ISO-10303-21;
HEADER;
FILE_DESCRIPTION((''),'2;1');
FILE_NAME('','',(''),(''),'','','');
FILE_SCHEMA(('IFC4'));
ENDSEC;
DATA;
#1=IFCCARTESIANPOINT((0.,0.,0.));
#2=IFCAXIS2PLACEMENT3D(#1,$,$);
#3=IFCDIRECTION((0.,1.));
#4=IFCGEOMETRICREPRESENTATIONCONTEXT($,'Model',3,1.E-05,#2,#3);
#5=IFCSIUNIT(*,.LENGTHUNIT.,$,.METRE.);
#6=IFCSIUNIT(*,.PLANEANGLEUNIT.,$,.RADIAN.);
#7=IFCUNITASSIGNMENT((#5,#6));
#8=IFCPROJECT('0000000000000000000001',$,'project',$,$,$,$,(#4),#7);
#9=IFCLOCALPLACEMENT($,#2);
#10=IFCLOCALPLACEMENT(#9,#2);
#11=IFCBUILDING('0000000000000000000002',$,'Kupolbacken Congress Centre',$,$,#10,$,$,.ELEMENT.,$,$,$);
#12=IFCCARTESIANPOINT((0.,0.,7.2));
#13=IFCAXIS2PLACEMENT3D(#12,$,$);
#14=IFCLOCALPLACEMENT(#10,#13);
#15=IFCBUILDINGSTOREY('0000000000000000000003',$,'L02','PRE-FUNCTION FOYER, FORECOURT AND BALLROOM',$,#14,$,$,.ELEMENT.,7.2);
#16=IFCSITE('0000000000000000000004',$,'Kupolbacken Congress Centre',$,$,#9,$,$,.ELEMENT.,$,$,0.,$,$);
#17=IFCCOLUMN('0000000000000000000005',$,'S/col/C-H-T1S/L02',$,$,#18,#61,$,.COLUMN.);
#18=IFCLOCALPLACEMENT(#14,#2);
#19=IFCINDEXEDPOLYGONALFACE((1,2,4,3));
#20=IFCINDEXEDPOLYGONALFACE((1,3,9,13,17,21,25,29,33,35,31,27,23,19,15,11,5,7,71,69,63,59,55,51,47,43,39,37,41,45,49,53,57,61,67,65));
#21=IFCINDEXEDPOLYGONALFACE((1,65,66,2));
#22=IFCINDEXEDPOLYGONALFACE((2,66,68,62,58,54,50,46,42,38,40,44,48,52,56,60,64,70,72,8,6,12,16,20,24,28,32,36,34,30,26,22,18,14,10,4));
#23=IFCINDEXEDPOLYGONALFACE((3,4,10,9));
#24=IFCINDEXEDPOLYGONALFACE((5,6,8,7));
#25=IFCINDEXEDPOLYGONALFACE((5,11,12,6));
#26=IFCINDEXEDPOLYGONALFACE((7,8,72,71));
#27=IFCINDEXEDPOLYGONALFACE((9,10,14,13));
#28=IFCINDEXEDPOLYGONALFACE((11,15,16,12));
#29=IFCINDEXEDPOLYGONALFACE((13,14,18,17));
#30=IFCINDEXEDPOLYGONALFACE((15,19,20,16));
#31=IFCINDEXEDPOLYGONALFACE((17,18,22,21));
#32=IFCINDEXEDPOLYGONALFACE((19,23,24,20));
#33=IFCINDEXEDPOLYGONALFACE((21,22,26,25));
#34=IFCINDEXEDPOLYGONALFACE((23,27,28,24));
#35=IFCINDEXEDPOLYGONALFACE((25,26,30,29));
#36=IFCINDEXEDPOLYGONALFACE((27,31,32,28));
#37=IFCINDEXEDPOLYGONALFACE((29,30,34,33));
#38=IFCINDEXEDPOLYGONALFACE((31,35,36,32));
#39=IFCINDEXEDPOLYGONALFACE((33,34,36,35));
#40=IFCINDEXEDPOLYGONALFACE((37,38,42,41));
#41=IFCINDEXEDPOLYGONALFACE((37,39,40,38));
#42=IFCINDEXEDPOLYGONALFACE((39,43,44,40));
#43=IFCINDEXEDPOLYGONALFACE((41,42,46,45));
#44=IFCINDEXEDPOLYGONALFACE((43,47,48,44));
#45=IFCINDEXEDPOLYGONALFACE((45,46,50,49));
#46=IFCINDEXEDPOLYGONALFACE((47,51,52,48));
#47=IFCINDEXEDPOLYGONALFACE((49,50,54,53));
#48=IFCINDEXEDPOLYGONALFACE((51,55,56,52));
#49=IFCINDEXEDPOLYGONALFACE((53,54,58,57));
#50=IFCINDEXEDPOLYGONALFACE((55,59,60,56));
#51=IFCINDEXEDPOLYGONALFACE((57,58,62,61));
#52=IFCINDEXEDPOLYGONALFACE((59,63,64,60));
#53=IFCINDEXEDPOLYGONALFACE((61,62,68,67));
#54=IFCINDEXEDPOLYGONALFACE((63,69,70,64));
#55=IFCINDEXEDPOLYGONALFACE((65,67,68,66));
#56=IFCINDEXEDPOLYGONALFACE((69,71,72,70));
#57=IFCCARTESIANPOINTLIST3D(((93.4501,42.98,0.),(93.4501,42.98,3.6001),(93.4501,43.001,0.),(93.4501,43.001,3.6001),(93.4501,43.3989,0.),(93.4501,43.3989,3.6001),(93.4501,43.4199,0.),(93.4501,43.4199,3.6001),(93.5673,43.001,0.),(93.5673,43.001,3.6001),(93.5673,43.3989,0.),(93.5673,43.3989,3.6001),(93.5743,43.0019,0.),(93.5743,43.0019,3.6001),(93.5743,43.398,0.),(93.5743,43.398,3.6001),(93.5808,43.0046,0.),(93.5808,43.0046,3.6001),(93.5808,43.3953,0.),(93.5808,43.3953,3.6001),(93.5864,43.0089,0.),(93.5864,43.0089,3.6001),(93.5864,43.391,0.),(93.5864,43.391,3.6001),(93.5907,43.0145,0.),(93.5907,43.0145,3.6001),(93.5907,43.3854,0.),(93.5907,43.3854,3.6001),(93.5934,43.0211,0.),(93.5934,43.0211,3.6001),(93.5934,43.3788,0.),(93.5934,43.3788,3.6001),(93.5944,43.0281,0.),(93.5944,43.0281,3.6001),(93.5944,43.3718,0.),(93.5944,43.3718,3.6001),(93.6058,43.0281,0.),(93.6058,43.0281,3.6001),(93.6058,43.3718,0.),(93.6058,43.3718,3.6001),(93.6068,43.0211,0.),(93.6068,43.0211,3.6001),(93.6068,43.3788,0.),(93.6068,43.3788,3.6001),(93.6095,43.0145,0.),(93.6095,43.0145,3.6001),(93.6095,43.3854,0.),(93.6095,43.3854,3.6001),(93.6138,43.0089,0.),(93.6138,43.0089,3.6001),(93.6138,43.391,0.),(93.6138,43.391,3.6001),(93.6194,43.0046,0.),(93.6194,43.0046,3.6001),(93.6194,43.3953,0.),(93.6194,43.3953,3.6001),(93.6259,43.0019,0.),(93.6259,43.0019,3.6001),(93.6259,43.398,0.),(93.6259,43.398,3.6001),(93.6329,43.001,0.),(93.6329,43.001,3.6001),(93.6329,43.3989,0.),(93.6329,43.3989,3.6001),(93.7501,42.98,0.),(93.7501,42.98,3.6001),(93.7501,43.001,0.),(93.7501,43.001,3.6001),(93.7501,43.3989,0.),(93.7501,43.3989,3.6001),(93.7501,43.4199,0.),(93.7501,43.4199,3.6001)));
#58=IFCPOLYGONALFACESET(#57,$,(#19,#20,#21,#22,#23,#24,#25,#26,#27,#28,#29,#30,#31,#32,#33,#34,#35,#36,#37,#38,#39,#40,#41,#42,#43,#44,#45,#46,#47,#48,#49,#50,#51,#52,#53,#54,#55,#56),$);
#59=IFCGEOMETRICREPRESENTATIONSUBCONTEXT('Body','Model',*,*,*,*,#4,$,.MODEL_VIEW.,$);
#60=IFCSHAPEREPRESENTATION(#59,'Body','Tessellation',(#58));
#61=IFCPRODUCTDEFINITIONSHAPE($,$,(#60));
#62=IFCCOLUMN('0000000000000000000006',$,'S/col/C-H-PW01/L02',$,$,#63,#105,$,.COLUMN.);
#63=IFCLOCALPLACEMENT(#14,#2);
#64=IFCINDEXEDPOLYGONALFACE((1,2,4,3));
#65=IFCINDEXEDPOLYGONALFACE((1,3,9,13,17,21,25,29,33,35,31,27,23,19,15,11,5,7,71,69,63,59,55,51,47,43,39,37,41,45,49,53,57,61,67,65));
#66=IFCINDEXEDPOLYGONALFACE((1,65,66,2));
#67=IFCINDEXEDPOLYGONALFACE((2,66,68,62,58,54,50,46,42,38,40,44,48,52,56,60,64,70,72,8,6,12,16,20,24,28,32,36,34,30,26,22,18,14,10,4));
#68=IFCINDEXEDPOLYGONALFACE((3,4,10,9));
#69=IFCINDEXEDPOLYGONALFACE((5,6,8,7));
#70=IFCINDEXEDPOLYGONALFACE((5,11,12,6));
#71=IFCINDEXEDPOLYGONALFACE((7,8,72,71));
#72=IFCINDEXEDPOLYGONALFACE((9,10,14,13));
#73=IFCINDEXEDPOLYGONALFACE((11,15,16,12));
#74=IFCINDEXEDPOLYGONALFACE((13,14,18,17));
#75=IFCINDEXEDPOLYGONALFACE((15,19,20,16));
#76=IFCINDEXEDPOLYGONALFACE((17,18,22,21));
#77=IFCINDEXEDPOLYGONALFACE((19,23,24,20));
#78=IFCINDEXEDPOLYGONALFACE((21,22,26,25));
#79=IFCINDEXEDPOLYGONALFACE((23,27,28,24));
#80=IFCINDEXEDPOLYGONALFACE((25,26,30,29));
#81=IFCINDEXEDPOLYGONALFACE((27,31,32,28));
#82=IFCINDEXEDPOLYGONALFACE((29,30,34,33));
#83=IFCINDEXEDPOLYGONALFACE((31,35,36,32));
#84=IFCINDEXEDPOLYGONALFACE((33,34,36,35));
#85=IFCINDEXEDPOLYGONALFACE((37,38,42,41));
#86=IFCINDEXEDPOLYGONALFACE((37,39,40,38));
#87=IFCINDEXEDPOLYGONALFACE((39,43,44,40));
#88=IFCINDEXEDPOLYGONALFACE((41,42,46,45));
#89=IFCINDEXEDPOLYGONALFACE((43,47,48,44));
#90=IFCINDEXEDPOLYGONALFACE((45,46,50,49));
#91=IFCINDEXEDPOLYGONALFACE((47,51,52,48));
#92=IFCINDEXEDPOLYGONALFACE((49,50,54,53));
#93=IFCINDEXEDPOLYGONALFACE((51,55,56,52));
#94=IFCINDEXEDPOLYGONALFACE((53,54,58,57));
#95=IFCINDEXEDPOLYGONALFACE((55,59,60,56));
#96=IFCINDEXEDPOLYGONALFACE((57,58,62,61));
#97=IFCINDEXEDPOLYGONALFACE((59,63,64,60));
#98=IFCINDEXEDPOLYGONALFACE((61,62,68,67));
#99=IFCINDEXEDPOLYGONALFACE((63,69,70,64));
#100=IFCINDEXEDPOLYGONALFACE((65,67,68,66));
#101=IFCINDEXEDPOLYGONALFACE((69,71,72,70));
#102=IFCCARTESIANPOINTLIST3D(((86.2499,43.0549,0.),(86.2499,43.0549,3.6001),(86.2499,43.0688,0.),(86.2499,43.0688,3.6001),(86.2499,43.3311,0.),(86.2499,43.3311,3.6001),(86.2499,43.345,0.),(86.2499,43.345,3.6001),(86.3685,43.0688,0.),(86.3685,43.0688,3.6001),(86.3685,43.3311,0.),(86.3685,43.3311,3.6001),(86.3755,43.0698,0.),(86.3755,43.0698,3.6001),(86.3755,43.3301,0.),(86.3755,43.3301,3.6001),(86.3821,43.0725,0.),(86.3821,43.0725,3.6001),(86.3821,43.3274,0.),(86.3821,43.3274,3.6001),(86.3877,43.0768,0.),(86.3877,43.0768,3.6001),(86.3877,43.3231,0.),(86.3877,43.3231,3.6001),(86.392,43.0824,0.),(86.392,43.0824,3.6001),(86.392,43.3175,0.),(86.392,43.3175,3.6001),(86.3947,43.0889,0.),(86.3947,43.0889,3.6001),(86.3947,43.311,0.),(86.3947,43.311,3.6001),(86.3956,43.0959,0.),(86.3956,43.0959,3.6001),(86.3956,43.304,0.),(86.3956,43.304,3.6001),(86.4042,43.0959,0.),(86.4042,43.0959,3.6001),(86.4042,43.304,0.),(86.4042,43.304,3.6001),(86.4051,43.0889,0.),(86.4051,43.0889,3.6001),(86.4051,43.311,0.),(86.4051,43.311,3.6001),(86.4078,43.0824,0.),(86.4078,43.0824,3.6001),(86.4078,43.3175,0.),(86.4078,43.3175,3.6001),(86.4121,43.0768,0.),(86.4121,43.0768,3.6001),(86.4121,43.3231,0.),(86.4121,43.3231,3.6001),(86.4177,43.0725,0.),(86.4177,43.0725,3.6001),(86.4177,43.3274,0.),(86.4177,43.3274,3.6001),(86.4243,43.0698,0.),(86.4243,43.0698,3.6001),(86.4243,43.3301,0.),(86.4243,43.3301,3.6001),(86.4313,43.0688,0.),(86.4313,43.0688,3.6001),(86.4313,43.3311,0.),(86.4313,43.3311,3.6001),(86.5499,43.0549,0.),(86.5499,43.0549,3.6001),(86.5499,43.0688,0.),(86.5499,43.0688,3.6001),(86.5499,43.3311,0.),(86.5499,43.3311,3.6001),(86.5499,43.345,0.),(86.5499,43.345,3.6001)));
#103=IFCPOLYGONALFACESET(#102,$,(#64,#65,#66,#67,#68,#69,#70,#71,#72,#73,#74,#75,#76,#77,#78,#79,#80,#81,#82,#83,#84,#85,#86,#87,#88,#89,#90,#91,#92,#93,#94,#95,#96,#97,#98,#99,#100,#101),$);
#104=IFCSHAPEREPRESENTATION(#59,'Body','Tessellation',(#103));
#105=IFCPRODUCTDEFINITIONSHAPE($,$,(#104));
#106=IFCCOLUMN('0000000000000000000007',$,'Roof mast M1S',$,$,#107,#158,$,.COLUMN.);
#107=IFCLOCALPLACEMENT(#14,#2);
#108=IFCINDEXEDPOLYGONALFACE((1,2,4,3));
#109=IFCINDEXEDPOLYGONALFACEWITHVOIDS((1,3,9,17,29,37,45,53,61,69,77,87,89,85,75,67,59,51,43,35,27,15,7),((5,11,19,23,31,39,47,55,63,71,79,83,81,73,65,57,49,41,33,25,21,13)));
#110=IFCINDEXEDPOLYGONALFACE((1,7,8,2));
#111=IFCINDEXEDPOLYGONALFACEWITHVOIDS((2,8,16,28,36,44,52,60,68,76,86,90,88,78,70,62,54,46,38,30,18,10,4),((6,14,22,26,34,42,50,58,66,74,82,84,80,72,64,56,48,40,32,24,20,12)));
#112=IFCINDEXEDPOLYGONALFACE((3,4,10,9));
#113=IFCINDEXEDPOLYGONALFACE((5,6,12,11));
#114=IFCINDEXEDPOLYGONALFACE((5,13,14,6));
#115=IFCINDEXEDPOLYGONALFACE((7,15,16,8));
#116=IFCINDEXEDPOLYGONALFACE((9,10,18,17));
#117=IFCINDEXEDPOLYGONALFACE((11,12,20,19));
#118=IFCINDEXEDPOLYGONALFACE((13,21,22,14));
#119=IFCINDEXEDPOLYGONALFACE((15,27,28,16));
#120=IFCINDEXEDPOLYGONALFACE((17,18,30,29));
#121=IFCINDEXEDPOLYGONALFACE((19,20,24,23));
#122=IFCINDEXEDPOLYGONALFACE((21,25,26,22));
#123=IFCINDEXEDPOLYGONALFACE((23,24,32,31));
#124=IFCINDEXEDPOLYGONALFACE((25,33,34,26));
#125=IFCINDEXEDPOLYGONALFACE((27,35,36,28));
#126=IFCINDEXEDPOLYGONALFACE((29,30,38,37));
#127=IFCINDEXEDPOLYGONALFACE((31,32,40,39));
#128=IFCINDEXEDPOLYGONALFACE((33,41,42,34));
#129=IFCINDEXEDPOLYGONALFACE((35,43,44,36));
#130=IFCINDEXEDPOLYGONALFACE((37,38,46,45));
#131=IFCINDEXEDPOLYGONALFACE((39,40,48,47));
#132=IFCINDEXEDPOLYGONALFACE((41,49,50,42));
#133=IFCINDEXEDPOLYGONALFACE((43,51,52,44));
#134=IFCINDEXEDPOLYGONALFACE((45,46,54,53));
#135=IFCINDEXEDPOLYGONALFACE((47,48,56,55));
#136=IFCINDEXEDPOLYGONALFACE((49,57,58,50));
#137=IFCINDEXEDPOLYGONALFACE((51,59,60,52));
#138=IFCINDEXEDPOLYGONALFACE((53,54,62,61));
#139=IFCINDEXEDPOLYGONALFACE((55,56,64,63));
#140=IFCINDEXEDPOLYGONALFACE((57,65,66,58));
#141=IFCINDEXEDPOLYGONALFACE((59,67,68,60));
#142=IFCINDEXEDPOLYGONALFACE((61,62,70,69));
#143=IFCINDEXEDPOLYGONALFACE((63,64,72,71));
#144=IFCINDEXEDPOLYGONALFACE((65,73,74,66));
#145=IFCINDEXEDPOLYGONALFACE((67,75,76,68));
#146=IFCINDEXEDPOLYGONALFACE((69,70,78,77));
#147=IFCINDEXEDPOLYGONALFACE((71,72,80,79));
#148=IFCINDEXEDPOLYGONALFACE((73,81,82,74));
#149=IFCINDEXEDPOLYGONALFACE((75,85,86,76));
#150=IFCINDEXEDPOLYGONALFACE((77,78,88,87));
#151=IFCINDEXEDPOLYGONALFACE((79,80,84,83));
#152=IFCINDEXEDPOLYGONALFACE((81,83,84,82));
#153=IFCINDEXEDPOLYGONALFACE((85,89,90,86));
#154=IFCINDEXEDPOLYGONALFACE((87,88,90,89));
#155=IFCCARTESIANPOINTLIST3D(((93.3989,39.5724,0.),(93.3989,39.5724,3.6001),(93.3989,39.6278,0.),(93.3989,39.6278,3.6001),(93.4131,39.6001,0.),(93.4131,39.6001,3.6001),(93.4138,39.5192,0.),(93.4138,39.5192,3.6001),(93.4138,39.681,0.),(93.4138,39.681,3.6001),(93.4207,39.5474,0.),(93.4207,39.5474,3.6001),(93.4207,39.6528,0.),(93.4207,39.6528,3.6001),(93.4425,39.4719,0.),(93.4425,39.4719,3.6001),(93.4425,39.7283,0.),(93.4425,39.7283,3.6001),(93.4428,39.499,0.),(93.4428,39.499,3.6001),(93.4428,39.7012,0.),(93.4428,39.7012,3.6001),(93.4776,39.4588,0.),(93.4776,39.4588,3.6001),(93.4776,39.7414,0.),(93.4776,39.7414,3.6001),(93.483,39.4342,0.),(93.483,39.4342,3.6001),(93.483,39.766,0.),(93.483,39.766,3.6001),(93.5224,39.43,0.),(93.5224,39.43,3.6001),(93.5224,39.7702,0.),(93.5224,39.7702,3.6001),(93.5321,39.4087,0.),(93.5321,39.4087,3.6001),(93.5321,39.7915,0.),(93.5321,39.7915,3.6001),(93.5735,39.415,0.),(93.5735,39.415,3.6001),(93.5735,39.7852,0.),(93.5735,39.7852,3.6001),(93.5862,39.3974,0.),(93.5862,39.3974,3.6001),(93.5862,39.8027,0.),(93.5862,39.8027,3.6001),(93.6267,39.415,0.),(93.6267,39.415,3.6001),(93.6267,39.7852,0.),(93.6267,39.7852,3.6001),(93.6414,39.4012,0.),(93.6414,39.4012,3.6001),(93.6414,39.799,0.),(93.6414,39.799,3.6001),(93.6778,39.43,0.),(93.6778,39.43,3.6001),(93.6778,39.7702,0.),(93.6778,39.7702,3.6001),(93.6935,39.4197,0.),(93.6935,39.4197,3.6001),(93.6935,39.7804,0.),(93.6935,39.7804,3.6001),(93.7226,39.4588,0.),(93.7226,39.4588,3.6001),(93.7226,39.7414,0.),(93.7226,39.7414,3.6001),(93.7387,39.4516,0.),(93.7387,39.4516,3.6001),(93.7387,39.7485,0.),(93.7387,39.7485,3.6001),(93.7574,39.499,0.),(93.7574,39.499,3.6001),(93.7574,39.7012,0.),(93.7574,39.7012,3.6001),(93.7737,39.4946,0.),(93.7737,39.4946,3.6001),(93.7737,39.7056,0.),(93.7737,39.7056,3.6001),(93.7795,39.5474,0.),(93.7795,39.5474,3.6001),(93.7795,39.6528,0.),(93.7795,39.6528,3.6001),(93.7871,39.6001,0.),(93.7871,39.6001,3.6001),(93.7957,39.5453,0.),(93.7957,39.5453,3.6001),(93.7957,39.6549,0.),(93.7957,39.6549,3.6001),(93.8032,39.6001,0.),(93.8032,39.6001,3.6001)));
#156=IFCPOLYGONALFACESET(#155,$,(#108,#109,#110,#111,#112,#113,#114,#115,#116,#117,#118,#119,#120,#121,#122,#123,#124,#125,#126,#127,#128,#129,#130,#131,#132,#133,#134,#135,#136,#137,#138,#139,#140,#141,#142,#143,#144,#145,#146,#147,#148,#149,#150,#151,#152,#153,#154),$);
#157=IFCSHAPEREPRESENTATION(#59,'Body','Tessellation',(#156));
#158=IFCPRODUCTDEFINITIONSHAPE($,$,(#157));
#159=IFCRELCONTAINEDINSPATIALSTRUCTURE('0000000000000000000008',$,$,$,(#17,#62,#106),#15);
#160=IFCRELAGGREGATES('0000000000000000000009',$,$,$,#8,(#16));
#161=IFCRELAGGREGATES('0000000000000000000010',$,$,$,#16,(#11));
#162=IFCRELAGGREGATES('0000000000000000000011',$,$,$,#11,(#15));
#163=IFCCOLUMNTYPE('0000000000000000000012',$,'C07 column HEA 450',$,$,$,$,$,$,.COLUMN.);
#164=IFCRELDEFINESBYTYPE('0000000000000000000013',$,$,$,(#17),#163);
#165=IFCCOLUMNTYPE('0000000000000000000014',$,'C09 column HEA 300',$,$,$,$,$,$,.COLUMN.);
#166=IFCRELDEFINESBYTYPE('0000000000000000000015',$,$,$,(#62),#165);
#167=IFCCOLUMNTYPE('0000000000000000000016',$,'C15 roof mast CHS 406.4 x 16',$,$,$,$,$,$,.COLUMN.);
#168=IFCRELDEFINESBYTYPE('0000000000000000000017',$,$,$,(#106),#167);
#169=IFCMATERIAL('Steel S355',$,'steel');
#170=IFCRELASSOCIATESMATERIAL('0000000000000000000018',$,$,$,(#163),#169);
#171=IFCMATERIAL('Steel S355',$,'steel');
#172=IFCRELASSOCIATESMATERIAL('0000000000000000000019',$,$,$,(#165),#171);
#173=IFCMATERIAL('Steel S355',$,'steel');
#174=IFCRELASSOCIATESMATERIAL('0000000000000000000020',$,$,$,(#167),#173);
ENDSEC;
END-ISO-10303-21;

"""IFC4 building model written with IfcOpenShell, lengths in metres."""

from ifc_helpers import new_model, si_unit, direction, frame, origin, origin_2d, place, context, subcontext, project, spatial, hollow_circle, i_section, extrude, material, material_profile, profile_set, type_object, element, save


model = new_model("IFC4")

# Units and contexts
model_context = context("Model", 3, precision=1e-05, world=origin(), true_north=direction((0.0, 1.0)))
body_context = subcontext(model_context, "Body", "Model", "MODEL_VIEW")
ifc_project = project(units=[si_unit("LENGTHUNIT", "METRE"), si_unit("PLANEANGLEUNIT", "RADIAN")], contexts=[model_context])

# Site, building, storey
site_placement = place(None, origin())
site = spatial("IfcSite", under=ifc_project, at=site_placement, Name="Kupolbacken Congress Centre", CompositionType="ELEMENT", RefElevation=0.0)
building_placement = place(site_placement, origin())
building = spatial("IfcBuilding", under=site, at=building_placement, Name="Kupolbacken Congress Centre", CompositionType="ELEMENT")
storey_placement = place(building_placement, frame((0.0, 0.0, 7.2)))
storey = spatial("IfcBuildingStorey", under=building, at=storey_placement, Name="L02", Description="PRE-FUNCTION FOYER, FORECOURT AND BALLROOM", CompositionType="ELEMENT", Elevation=7.2)

# Columns
ifc_material_1 = material(Name="Steel S355", Category="steel")
ifc_material_profile_1 = material_profile(ifc_material_1, i_section(OverallWidth=0.3, OverallDepth=0.4399, WebThickness=0.0115, FlangeThickness=0.021, FilletRadius=0.0271, at=origin_2d()), Name="HEA 450")
ifc_profile_set_1 = profile_set([ifc_material_profile_1], Name="Steel S355")
column_type_1 = type_object("IfcColumnType", Name="C07 column HEA 450", PredefinedType="COLUMN", material=ifc_profile_set_1)
column_1_placement = place(storey_placement, frame((93.6001, 43.2, 0.0), z_axis=(0.0, 0.0, 1.0), x_axis=(1.0, 0.0, 0.0)))
element("IfcColumn", 1, at=column_1_placement, inside=storey, type_object=column_type_1, Name="S/col/C-H-T1S/L02", PredefinedType="COLUMN", context=body_context, shape_type="SweptSolid", body=[
    extrude(i_section(OverallWidth=0.3, OverallDepth=0.4399, WebThickness=0.0115, FlangeThickness=0.021, FilletRadius=0.0271, at=origin_2d()), origin(), (0.0, 0.0, 1.0), 3.6001),
])
ifc_material_2 = material(Name="Steel S355", Category="steel")
ifc_material_profile_2 = material_profile(ifc_material_2, i_section(OverallWidth=0.3, OverallDepth=0.29, WebThickness=0.0085, FlangeThickness=0.0139, FilletRadius=0.0271, at=origin_2d()), Name="HEA 300")
ifc_profile_set_2 = profile_set([ifc_material_profile_2], Name="Steel S355")
column_type_2 = type_object("IfcColumnType", Name="C09 column HEA 300", PredefinedType="COLUMN", material=ifc_profile_set_2)
column_2_placement = place(storey_placement, frame((86.3999, 43.2, 0.0), z_axis=(0.0, 0.0, 1.0), x_axis=(1.0, 0.0, 0.0)))
element("IfcColumn", 2, at=column_2_placement, inside=storey, type_object=column_type_2, Name="S/col/C-H-PW01/L02", PredefinedType="COLUMN", context=body_context, shape_type="SweptSolid", body=[
    extrude(i_section(OverallWidth=0.3, OverallDepth=0.29, WebThickness=0.0085, FlangeThickness=0.0139, FilletRadius=0.0271, at=origin_2d()), origin(), (0.0, 0.0, 1.0), 3.6001),
])
ifc_material_3 = material(Name="Steel S355", Category="steel")
ifc_material_profile_3 = material_profile(ifc_material_3, hollow_circle(Radius=0.2031, WallThickness=0.0161, at=origin_2d()), Name="CHS 406.4 x 16")
ifc_profile_set_3 = profile_set([ifc_material_profile_3], Name="Steel S355")
column_type_3 = type_object("IfcColumnType", Name="C15 roof mast CHS 406.4 x 16", PredefinedType="COLUMN", material=ifc_profile_set_3)
column_3_placement = place(storey_placement, frame((93.6001, 39.6001, 0.0), z_axis=(0.0, 0.0, 1.0), x_axis=(1.0, 0.0, 0.0)))
element("IfcColumn", 3, at=column_3_placement, inside=storey, type_object=column_type_3, Name="Roof mast M1S", PredefinedType="COLUMN", context=body_context, shape_type="SweptSolid", body=[
    extrude(hollow_circle(Radius=0.2031, WallThickness=0.0161, at=origin_2d()), origin(), (0.0, 0.0, 1.0), 3.6001),
])

save(model, "model.ifc")
